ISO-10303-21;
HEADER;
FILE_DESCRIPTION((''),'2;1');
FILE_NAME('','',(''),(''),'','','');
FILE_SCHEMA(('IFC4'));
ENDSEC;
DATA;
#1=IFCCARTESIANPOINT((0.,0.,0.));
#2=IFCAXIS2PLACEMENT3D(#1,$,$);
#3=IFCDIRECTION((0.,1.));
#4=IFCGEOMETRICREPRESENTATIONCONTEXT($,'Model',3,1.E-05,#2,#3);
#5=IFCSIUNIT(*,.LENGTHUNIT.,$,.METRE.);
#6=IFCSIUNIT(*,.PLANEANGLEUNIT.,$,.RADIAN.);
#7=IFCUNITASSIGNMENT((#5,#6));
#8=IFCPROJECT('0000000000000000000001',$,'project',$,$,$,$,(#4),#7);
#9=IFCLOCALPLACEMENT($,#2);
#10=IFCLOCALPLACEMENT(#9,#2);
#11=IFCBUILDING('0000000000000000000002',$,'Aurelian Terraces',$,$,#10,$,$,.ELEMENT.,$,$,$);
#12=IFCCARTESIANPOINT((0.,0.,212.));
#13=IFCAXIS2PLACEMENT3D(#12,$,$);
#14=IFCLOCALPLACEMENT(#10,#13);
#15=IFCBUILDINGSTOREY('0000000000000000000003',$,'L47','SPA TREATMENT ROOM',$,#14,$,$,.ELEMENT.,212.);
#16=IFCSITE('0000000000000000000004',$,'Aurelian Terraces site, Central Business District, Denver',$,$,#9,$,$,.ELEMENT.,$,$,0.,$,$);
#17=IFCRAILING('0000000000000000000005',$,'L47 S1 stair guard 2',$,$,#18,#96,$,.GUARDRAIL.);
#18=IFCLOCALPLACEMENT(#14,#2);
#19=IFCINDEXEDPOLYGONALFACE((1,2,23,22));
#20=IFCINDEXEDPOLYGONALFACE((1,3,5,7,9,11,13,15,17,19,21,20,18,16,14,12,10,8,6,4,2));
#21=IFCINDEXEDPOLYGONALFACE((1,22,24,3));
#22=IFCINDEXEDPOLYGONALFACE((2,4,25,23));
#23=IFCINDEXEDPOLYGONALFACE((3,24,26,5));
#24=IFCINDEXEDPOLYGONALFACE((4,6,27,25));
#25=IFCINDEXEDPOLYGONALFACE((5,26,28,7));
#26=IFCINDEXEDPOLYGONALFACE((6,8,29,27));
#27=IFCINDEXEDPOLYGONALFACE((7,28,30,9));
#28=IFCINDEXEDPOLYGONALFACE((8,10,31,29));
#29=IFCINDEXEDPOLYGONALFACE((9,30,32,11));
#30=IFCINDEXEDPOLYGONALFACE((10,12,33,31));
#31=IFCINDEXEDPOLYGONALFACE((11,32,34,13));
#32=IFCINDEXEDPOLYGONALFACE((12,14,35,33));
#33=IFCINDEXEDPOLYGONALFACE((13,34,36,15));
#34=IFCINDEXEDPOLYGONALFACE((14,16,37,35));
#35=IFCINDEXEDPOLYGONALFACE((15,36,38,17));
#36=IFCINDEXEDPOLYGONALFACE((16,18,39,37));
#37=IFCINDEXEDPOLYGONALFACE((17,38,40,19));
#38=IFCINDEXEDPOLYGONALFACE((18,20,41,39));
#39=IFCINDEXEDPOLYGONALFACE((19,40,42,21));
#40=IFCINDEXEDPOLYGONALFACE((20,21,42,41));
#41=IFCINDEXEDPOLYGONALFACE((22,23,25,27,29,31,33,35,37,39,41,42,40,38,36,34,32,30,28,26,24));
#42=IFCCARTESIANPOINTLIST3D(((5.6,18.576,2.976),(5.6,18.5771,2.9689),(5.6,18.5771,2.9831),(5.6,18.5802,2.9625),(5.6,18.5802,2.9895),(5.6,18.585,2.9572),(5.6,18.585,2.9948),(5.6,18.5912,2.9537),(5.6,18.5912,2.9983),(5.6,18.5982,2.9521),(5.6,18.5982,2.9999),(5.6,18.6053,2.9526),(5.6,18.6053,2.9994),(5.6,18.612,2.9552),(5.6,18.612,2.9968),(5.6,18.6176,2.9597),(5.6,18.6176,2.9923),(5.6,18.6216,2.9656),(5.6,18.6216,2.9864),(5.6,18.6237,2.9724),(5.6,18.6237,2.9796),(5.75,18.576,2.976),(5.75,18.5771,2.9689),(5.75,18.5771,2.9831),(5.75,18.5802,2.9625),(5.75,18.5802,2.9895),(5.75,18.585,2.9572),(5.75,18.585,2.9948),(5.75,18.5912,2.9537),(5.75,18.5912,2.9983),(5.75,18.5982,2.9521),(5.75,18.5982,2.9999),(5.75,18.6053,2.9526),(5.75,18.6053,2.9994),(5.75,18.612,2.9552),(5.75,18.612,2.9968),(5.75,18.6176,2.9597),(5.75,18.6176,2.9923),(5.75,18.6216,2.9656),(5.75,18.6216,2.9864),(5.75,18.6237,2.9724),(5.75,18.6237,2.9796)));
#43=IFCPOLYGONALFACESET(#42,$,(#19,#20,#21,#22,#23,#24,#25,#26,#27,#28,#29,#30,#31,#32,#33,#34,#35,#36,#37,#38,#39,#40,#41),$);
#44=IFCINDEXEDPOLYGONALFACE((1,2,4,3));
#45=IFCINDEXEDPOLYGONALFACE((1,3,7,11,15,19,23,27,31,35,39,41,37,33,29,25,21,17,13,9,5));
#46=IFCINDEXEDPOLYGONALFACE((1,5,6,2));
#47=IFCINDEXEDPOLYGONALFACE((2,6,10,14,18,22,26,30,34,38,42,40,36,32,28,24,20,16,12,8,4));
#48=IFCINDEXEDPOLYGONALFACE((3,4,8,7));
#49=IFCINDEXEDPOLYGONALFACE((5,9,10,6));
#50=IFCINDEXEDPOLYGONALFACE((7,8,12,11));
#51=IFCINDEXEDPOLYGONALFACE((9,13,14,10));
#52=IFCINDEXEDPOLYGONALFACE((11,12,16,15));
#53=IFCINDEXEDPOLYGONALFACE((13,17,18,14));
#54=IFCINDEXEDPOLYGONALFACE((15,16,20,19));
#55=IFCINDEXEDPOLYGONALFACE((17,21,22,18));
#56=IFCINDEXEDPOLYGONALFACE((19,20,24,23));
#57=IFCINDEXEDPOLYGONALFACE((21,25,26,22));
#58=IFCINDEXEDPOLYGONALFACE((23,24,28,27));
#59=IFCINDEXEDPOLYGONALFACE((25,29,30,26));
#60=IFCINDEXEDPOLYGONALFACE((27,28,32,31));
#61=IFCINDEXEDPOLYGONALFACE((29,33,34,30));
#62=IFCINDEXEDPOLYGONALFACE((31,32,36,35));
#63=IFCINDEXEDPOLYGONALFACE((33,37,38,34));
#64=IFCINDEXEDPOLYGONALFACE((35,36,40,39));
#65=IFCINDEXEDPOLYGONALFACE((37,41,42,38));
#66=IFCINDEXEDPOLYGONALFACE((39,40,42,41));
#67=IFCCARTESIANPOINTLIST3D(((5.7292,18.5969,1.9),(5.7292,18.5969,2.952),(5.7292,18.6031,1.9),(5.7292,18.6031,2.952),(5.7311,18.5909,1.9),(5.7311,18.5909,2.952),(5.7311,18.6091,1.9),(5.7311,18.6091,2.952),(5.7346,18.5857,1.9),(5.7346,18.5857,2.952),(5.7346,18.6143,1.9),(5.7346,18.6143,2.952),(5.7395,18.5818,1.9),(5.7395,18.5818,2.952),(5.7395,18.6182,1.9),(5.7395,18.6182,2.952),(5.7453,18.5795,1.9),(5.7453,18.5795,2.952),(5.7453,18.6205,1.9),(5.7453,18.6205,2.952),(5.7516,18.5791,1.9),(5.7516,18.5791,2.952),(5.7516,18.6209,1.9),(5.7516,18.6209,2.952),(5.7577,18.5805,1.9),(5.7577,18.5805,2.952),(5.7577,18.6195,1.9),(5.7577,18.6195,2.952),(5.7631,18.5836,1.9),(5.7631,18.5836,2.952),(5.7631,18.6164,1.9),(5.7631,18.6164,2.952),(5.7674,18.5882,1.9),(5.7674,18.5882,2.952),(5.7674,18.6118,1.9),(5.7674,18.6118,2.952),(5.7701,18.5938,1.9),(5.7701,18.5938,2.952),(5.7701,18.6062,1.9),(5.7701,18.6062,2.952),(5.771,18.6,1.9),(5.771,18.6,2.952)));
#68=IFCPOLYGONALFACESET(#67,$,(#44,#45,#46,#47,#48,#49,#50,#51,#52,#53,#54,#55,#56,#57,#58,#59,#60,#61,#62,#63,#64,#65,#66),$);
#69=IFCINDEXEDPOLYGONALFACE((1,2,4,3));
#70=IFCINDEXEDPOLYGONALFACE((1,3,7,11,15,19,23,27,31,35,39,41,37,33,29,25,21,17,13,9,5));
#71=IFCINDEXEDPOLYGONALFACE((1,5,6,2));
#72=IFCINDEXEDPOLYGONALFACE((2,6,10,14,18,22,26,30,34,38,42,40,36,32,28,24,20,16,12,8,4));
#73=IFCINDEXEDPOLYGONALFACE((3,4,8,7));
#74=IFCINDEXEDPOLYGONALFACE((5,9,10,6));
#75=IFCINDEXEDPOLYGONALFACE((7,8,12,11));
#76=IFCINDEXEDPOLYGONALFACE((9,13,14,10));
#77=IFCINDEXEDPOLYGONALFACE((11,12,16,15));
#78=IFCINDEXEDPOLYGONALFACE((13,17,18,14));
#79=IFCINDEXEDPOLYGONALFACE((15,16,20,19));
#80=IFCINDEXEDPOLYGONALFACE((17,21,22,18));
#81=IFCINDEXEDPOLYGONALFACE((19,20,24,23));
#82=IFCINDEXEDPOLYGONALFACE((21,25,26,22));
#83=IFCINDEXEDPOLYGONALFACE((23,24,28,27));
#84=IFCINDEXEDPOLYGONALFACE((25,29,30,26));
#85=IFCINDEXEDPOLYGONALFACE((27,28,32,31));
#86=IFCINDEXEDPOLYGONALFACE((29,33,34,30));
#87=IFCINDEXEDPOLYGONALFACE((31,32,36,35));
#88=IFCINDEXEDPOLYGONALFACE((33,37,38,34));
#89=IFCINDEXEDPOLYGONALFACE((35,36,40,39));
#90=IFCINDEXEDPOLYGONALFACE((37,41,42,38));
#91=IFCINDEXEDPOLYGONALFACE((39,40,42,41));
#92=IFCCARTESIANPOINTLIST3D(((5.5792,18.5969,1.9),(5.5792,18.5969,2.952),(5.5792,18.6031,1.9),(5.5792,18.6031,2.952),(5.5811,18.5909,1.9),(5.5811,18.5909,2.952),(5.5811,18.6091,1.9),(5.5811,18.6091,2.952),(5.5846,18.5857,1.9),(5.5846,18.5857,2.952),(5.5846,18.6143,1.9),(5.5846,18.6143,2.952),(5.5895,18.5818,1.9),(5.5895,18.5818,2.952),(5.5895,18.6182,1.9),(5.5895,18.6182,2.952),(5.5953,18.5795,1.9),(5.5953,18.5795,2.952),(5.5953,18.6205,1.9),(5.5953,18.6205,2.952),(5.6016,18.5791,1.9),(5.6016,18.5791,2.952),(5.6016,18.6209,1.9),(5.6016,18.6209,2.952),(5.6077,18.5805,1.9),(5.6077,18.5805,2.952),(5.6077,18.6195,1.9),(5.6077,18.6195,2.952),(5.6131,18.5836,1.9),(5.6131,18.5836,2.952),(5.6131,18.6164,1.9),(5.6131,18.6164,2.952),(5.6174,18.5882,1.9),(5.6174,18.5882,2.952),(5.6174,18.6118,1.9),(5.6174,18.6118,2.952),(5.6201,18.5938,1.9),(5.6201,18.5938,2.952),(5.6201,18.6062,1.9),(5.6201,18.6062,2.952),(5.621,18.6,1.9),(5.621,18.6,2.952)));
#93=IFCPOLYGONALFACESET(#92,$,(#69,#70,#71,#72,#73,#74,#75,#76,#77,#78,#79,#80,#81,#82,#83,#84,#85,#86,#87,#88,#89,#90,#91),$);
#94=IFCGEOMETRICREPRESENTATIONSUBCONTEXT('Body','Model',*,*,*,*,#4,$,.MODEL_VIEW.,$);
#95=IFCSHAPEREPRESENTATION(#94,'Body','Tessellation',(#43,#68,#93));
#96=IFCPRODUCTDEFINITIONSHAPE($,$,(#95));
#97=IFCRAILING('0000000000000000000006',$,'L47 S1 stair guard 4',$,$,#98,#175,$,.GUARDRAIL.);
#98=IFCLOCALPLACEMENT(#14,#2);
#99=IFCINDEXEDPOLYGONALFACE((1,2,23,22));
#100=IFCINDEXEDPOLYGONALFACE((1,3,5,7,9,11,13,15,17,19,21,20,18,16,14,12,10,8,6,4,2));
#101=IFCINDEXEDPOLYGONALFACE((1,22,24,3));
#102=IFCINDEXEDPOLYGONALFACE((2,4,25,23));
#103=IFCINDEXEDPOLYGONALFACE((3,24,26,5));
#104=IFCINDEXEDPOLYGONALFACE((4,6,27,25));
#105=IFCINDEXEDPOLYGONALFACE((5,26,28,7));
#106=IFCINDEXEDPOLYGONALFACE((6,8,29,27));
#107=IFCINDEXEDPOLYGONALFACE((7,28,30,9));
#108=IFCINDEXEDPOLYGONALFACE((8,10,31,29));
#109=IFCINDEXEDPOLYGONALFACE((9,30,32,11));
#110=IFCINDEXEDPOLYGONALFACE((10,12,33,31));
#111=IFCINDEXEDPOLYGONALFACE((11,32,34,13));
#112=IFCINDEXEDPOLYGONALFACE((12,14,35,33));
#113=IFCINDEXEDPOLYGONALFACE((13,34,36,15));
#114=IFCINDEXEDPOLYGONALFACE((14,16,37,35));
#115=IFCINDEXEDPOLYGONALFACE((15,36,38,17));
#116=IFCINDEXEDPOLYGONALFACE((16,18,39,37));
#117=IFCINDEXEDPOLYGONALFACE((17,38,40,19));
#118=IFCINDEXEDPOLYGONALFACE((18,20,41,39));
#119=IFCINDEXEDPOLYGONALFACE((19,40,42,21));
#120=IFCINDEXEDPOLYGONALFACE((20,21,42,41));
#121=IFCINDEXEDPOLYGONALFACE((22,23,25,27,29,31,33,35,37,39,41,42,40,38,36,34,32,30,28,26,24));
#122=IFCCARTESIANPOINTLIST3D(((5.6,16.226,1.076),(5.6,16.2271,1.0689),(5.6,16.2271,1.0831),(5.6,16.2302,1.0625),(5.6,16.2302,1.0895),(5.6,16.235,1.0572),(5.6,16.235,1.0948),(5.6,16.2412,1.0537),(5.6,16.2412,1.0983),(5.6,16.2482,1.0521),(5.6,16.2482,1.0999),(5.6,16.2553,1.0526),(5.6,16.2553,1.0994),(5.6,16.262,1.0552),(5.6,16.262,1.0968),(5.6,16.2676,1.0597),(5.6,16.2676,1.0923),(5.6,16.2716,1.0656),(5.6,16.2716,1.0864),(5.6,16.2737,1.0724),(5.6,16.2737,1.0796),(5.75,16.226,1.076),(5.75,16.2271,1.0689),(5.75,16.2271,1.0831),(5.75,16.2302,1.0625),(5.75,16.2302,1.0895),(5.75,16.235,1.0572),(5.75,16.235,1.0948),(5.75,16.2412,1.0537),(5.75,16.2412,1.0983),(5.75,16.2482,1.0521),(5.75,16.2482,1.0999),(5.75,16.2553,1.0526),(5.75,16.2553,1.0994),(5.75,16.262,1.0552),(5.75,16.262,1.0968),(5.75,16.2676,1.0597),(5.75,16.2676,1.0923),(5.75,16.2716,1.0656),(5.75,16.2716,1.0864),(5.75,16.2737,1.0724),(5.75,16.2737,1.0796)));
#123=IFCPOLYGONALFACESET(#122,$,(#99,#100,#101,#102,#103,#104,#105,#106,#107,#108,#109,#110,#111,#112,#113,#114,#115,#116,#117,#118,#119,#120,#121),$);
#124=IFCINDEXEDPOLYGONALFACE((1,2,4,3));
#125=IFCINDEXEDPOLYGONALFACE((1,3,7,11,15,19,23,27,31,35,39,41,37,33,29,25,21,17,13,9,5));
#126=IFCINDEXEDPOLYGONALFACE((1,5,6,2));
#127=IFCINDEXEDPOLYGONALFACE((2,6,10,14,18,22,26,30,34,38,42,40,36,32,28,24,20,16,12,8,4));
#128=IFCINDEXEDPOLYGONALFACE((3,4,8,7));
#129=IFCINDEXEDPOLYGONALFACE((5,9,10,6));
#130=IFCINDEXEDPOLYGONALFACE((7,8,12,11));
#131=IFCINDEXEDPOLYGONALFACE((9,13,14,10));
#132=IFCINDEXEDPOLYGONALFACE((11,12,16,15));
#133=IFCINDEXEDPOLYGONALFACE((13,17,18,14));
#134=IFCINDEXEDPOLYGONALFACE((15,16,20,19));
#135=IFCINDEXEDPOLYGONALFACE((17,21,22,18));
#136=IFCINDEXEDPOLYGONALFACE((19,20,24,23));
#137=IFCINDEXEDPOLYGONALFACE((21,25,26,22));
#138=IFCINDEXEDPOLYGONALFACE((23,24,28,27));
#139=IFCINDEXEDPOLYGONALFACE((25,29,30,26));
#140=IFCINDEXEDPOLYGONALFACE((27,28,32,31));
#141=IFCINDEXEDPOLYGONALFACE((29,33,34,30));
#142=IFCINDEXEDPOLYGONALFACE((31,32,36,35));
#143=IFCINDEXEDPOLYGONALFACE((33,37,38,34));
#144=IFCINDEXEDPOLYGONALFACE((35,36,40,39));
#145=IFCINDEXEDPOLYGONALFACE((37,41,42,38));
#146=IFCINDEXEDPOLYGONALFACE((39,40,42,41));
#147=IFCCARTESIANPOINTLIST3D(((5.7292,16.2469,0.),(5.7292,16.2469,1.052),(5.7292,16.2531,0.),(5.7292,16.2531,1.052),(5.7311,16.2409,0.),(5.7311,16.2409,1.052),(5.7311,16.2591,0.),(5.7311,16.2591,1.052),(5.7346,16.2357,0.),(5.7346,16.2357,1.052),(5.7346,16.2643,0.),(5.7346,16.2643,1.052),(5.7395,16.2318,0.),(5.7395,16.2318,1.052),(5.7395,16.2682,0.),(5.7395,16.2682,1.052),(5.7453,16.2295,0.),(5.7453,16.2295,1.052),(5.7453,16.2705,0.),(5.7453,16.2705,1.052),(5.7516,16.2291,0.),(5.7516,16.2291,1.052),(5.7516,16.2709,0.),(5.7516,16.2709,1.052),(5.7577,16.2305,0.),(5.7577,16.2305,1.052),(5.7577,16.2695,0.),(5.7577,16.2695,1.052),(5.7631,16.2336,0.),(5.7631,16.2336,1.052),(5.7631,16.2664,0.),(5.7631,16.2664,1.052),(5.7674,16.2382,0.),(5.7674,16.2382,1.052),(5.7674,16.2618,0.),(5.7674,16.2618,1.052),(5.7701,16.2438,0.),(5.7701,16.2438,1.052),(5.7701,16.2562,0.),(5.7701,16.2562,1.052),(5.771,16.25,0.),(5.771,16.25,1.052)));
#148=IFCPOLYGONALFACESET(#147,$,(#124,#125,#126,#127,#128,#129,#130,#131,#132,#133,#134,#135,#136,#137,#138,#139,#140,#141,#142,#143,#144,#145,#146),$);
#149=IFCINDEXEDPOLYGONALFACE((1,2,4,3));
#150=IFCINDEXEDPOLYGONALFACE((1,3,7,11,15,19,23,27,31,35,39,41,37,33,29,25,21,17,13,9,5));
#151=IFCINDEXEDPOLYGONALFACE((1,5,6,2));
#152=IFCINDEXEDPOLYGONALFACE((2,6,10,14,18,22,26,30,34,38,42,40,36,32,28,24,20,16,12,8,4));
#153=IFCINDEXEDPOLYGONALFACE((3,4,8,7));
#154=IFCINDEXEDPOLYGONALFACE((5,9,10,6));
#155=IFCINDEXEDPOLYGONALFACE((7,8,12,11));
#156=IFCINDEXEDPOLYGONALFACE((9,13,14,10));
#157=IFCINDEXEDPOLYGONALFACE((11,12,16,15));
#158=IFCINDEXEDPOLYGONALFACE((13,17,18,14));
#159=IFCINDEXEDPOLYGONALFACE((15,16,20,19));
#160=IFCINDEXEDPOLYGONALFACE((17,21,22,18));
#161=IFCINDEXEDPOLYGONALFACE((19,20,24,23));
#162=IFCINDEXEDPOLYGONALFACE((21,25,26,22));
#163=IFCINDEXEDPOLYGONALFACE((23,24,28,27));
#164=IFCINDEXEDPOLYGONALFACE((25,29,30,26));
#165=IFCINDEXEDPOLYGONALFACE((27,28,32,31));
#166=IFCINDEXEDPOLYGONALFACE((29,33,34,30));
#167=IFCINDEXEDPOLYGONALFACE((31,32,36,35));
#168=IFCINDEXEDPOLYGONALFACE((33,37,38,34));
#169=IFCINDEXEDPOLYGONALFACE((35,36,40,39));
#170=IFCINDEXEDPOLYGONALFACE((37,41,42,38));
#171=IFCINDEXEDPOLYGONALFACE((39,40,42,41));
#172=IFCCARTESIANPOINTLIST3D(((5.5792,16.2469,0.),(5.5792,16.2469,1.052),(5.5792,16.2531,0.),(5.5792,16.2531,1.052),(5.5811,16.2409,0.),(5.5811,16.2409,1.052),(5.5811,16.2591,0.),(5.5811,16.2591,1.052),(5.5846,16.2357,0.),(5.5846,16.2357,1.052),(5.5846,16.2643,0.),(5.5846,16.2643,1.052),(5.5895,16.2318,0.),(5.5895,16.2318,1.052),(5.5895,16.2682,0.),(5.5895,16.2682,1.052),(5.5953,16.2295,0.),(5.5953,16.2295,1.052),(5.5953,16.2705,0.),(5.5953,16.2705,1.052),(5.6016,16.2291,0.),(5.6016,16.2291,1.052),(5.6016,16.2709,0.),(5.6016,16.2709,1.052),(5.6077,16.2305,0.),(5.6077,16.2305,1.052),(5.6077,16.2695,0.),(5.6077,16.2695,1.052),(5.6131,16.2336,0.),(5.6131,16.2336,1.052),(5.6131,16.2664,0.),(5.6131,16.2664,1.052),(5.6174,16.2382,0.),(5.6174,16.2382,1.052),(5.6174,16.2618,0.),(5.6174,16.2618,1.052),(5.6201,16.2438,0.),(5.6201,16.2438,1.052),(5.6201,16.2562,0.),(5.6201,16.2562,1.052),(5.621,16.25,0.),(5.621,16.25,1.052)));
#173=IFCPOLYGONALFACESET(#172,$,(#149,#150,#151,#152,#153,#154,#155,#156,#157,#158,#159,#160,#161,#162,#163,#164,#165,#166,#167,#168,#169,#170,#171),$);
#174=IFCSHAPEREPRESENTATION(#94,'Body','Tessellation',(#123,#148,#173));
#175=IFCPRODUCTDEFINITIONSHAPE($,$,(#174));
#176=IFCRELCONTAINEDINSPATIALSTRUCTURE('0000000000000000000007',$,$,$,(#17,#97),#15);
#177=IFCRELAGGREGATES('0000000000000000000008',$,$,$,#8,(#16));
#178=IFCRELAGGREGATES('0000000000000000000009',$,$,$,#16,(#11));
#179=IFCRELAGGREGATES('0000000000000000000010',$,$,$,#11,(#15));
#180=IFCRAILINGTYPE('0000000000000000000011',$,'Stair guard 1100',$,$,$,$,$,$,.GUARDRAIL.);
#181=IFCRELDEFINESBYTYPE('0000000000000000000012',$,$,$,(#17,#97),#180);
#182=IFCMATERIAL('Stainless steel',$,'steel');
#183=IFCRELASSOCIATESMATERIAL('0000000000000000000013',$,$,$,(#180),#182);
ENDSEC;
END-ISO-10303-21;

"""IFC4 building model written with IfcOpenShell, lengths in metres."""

from ifc_helpers import new_model, si_unit, direction, frame, origin, origin_2d, place, context, subcontext, project, spatial, circle, extrude, source, transform, mapped, material, type_object, element, save


model = new_model("IFC4")

# Units and contexts
model_context = context("Model", 3, precision=1e-05, world=origin(), true_north=direction((0.0, 1.0)))
body_context = subcontext(model_context, "Body", "Model", "MODEL_VIEW")
ifc_project = project(units=[si_unit("LENGTHUNIT", "METRE"), si_unit("PLANEANGLEUNIT", "RADIAN")], contexts=[model_context])

# Site, building, storey
site_placement = place(None, origin())
site = spatial("IfcSite", under=ifc_project, at=site_placement, Name="Aurelian Terraces site, Central Business District, Denver", CompositionType="ELEMENT", RefElevation=0.0)
building_placement = place(site_placement, origin())
building = spatial("IfcBuilding", under=site, at=building_placement, Name="Aurelian Terraces", CompositionType="ELEMENT")
storey_placement = place(building_placement, frame((0.0, 0.0, 212.0)))
storey = spatial("IfcBuildingStorey", under=building, at=storey_placement, Name="L47", Description="SPA TREATMENT ROOM", CompositionType="ELEMENT", Elevation=212.0)

# Railings
ifc_material_1 = material(Name="Stainless steel", Category="steel")
railing_type_1 = type_object("IfcRailingType", Name="Stair guard 1100", PredefinedType="GUARDRAIL", material=ifc_material_1)
shared_shape_1 = source(origin(), body_context, "Body", "SweptSolid", [
    extrude(circle(Radius=0.024, at=origin_2d()), frame((0.0, 0.0, 1.076), z_axis=(-1.0, 0.0, 0.0), x_axis=(0.0, -1.0, 0.0)), (0.0, 0.0, 1.0), 0.15),
    extrude(circle(Radius=0.021, at=origin_2d()), origin(), (0.0, 0.0, 1.0), 1.052),
    extrude(circle(Radius=0.021, at=origin_2d()), frame((-0.15, 0.0, 0.0)), (0.0, 0.0, 1.0), 1.052),
])
for number, where, name in (
    (1, (5.75, 18.6, 1.9), "L47 S1 stair guard 2"),
    (2, (5.75, 16.25, 0.0), "L47 S1 stair guard 4"),
):
    element("IfcRailing", number, at=place(storey_placement, frame(where)), inside=storey, type_object=railing_type_1, Name=name, PredefinedType="GUARDRAIL", context=body_context, shape_type="MappedRepresentation", body=[
        mapped(shared_shape_1, transform((0.0, 0.0, 0.0), scale=1.0)),
    ])

save(model, "model.ifc")
